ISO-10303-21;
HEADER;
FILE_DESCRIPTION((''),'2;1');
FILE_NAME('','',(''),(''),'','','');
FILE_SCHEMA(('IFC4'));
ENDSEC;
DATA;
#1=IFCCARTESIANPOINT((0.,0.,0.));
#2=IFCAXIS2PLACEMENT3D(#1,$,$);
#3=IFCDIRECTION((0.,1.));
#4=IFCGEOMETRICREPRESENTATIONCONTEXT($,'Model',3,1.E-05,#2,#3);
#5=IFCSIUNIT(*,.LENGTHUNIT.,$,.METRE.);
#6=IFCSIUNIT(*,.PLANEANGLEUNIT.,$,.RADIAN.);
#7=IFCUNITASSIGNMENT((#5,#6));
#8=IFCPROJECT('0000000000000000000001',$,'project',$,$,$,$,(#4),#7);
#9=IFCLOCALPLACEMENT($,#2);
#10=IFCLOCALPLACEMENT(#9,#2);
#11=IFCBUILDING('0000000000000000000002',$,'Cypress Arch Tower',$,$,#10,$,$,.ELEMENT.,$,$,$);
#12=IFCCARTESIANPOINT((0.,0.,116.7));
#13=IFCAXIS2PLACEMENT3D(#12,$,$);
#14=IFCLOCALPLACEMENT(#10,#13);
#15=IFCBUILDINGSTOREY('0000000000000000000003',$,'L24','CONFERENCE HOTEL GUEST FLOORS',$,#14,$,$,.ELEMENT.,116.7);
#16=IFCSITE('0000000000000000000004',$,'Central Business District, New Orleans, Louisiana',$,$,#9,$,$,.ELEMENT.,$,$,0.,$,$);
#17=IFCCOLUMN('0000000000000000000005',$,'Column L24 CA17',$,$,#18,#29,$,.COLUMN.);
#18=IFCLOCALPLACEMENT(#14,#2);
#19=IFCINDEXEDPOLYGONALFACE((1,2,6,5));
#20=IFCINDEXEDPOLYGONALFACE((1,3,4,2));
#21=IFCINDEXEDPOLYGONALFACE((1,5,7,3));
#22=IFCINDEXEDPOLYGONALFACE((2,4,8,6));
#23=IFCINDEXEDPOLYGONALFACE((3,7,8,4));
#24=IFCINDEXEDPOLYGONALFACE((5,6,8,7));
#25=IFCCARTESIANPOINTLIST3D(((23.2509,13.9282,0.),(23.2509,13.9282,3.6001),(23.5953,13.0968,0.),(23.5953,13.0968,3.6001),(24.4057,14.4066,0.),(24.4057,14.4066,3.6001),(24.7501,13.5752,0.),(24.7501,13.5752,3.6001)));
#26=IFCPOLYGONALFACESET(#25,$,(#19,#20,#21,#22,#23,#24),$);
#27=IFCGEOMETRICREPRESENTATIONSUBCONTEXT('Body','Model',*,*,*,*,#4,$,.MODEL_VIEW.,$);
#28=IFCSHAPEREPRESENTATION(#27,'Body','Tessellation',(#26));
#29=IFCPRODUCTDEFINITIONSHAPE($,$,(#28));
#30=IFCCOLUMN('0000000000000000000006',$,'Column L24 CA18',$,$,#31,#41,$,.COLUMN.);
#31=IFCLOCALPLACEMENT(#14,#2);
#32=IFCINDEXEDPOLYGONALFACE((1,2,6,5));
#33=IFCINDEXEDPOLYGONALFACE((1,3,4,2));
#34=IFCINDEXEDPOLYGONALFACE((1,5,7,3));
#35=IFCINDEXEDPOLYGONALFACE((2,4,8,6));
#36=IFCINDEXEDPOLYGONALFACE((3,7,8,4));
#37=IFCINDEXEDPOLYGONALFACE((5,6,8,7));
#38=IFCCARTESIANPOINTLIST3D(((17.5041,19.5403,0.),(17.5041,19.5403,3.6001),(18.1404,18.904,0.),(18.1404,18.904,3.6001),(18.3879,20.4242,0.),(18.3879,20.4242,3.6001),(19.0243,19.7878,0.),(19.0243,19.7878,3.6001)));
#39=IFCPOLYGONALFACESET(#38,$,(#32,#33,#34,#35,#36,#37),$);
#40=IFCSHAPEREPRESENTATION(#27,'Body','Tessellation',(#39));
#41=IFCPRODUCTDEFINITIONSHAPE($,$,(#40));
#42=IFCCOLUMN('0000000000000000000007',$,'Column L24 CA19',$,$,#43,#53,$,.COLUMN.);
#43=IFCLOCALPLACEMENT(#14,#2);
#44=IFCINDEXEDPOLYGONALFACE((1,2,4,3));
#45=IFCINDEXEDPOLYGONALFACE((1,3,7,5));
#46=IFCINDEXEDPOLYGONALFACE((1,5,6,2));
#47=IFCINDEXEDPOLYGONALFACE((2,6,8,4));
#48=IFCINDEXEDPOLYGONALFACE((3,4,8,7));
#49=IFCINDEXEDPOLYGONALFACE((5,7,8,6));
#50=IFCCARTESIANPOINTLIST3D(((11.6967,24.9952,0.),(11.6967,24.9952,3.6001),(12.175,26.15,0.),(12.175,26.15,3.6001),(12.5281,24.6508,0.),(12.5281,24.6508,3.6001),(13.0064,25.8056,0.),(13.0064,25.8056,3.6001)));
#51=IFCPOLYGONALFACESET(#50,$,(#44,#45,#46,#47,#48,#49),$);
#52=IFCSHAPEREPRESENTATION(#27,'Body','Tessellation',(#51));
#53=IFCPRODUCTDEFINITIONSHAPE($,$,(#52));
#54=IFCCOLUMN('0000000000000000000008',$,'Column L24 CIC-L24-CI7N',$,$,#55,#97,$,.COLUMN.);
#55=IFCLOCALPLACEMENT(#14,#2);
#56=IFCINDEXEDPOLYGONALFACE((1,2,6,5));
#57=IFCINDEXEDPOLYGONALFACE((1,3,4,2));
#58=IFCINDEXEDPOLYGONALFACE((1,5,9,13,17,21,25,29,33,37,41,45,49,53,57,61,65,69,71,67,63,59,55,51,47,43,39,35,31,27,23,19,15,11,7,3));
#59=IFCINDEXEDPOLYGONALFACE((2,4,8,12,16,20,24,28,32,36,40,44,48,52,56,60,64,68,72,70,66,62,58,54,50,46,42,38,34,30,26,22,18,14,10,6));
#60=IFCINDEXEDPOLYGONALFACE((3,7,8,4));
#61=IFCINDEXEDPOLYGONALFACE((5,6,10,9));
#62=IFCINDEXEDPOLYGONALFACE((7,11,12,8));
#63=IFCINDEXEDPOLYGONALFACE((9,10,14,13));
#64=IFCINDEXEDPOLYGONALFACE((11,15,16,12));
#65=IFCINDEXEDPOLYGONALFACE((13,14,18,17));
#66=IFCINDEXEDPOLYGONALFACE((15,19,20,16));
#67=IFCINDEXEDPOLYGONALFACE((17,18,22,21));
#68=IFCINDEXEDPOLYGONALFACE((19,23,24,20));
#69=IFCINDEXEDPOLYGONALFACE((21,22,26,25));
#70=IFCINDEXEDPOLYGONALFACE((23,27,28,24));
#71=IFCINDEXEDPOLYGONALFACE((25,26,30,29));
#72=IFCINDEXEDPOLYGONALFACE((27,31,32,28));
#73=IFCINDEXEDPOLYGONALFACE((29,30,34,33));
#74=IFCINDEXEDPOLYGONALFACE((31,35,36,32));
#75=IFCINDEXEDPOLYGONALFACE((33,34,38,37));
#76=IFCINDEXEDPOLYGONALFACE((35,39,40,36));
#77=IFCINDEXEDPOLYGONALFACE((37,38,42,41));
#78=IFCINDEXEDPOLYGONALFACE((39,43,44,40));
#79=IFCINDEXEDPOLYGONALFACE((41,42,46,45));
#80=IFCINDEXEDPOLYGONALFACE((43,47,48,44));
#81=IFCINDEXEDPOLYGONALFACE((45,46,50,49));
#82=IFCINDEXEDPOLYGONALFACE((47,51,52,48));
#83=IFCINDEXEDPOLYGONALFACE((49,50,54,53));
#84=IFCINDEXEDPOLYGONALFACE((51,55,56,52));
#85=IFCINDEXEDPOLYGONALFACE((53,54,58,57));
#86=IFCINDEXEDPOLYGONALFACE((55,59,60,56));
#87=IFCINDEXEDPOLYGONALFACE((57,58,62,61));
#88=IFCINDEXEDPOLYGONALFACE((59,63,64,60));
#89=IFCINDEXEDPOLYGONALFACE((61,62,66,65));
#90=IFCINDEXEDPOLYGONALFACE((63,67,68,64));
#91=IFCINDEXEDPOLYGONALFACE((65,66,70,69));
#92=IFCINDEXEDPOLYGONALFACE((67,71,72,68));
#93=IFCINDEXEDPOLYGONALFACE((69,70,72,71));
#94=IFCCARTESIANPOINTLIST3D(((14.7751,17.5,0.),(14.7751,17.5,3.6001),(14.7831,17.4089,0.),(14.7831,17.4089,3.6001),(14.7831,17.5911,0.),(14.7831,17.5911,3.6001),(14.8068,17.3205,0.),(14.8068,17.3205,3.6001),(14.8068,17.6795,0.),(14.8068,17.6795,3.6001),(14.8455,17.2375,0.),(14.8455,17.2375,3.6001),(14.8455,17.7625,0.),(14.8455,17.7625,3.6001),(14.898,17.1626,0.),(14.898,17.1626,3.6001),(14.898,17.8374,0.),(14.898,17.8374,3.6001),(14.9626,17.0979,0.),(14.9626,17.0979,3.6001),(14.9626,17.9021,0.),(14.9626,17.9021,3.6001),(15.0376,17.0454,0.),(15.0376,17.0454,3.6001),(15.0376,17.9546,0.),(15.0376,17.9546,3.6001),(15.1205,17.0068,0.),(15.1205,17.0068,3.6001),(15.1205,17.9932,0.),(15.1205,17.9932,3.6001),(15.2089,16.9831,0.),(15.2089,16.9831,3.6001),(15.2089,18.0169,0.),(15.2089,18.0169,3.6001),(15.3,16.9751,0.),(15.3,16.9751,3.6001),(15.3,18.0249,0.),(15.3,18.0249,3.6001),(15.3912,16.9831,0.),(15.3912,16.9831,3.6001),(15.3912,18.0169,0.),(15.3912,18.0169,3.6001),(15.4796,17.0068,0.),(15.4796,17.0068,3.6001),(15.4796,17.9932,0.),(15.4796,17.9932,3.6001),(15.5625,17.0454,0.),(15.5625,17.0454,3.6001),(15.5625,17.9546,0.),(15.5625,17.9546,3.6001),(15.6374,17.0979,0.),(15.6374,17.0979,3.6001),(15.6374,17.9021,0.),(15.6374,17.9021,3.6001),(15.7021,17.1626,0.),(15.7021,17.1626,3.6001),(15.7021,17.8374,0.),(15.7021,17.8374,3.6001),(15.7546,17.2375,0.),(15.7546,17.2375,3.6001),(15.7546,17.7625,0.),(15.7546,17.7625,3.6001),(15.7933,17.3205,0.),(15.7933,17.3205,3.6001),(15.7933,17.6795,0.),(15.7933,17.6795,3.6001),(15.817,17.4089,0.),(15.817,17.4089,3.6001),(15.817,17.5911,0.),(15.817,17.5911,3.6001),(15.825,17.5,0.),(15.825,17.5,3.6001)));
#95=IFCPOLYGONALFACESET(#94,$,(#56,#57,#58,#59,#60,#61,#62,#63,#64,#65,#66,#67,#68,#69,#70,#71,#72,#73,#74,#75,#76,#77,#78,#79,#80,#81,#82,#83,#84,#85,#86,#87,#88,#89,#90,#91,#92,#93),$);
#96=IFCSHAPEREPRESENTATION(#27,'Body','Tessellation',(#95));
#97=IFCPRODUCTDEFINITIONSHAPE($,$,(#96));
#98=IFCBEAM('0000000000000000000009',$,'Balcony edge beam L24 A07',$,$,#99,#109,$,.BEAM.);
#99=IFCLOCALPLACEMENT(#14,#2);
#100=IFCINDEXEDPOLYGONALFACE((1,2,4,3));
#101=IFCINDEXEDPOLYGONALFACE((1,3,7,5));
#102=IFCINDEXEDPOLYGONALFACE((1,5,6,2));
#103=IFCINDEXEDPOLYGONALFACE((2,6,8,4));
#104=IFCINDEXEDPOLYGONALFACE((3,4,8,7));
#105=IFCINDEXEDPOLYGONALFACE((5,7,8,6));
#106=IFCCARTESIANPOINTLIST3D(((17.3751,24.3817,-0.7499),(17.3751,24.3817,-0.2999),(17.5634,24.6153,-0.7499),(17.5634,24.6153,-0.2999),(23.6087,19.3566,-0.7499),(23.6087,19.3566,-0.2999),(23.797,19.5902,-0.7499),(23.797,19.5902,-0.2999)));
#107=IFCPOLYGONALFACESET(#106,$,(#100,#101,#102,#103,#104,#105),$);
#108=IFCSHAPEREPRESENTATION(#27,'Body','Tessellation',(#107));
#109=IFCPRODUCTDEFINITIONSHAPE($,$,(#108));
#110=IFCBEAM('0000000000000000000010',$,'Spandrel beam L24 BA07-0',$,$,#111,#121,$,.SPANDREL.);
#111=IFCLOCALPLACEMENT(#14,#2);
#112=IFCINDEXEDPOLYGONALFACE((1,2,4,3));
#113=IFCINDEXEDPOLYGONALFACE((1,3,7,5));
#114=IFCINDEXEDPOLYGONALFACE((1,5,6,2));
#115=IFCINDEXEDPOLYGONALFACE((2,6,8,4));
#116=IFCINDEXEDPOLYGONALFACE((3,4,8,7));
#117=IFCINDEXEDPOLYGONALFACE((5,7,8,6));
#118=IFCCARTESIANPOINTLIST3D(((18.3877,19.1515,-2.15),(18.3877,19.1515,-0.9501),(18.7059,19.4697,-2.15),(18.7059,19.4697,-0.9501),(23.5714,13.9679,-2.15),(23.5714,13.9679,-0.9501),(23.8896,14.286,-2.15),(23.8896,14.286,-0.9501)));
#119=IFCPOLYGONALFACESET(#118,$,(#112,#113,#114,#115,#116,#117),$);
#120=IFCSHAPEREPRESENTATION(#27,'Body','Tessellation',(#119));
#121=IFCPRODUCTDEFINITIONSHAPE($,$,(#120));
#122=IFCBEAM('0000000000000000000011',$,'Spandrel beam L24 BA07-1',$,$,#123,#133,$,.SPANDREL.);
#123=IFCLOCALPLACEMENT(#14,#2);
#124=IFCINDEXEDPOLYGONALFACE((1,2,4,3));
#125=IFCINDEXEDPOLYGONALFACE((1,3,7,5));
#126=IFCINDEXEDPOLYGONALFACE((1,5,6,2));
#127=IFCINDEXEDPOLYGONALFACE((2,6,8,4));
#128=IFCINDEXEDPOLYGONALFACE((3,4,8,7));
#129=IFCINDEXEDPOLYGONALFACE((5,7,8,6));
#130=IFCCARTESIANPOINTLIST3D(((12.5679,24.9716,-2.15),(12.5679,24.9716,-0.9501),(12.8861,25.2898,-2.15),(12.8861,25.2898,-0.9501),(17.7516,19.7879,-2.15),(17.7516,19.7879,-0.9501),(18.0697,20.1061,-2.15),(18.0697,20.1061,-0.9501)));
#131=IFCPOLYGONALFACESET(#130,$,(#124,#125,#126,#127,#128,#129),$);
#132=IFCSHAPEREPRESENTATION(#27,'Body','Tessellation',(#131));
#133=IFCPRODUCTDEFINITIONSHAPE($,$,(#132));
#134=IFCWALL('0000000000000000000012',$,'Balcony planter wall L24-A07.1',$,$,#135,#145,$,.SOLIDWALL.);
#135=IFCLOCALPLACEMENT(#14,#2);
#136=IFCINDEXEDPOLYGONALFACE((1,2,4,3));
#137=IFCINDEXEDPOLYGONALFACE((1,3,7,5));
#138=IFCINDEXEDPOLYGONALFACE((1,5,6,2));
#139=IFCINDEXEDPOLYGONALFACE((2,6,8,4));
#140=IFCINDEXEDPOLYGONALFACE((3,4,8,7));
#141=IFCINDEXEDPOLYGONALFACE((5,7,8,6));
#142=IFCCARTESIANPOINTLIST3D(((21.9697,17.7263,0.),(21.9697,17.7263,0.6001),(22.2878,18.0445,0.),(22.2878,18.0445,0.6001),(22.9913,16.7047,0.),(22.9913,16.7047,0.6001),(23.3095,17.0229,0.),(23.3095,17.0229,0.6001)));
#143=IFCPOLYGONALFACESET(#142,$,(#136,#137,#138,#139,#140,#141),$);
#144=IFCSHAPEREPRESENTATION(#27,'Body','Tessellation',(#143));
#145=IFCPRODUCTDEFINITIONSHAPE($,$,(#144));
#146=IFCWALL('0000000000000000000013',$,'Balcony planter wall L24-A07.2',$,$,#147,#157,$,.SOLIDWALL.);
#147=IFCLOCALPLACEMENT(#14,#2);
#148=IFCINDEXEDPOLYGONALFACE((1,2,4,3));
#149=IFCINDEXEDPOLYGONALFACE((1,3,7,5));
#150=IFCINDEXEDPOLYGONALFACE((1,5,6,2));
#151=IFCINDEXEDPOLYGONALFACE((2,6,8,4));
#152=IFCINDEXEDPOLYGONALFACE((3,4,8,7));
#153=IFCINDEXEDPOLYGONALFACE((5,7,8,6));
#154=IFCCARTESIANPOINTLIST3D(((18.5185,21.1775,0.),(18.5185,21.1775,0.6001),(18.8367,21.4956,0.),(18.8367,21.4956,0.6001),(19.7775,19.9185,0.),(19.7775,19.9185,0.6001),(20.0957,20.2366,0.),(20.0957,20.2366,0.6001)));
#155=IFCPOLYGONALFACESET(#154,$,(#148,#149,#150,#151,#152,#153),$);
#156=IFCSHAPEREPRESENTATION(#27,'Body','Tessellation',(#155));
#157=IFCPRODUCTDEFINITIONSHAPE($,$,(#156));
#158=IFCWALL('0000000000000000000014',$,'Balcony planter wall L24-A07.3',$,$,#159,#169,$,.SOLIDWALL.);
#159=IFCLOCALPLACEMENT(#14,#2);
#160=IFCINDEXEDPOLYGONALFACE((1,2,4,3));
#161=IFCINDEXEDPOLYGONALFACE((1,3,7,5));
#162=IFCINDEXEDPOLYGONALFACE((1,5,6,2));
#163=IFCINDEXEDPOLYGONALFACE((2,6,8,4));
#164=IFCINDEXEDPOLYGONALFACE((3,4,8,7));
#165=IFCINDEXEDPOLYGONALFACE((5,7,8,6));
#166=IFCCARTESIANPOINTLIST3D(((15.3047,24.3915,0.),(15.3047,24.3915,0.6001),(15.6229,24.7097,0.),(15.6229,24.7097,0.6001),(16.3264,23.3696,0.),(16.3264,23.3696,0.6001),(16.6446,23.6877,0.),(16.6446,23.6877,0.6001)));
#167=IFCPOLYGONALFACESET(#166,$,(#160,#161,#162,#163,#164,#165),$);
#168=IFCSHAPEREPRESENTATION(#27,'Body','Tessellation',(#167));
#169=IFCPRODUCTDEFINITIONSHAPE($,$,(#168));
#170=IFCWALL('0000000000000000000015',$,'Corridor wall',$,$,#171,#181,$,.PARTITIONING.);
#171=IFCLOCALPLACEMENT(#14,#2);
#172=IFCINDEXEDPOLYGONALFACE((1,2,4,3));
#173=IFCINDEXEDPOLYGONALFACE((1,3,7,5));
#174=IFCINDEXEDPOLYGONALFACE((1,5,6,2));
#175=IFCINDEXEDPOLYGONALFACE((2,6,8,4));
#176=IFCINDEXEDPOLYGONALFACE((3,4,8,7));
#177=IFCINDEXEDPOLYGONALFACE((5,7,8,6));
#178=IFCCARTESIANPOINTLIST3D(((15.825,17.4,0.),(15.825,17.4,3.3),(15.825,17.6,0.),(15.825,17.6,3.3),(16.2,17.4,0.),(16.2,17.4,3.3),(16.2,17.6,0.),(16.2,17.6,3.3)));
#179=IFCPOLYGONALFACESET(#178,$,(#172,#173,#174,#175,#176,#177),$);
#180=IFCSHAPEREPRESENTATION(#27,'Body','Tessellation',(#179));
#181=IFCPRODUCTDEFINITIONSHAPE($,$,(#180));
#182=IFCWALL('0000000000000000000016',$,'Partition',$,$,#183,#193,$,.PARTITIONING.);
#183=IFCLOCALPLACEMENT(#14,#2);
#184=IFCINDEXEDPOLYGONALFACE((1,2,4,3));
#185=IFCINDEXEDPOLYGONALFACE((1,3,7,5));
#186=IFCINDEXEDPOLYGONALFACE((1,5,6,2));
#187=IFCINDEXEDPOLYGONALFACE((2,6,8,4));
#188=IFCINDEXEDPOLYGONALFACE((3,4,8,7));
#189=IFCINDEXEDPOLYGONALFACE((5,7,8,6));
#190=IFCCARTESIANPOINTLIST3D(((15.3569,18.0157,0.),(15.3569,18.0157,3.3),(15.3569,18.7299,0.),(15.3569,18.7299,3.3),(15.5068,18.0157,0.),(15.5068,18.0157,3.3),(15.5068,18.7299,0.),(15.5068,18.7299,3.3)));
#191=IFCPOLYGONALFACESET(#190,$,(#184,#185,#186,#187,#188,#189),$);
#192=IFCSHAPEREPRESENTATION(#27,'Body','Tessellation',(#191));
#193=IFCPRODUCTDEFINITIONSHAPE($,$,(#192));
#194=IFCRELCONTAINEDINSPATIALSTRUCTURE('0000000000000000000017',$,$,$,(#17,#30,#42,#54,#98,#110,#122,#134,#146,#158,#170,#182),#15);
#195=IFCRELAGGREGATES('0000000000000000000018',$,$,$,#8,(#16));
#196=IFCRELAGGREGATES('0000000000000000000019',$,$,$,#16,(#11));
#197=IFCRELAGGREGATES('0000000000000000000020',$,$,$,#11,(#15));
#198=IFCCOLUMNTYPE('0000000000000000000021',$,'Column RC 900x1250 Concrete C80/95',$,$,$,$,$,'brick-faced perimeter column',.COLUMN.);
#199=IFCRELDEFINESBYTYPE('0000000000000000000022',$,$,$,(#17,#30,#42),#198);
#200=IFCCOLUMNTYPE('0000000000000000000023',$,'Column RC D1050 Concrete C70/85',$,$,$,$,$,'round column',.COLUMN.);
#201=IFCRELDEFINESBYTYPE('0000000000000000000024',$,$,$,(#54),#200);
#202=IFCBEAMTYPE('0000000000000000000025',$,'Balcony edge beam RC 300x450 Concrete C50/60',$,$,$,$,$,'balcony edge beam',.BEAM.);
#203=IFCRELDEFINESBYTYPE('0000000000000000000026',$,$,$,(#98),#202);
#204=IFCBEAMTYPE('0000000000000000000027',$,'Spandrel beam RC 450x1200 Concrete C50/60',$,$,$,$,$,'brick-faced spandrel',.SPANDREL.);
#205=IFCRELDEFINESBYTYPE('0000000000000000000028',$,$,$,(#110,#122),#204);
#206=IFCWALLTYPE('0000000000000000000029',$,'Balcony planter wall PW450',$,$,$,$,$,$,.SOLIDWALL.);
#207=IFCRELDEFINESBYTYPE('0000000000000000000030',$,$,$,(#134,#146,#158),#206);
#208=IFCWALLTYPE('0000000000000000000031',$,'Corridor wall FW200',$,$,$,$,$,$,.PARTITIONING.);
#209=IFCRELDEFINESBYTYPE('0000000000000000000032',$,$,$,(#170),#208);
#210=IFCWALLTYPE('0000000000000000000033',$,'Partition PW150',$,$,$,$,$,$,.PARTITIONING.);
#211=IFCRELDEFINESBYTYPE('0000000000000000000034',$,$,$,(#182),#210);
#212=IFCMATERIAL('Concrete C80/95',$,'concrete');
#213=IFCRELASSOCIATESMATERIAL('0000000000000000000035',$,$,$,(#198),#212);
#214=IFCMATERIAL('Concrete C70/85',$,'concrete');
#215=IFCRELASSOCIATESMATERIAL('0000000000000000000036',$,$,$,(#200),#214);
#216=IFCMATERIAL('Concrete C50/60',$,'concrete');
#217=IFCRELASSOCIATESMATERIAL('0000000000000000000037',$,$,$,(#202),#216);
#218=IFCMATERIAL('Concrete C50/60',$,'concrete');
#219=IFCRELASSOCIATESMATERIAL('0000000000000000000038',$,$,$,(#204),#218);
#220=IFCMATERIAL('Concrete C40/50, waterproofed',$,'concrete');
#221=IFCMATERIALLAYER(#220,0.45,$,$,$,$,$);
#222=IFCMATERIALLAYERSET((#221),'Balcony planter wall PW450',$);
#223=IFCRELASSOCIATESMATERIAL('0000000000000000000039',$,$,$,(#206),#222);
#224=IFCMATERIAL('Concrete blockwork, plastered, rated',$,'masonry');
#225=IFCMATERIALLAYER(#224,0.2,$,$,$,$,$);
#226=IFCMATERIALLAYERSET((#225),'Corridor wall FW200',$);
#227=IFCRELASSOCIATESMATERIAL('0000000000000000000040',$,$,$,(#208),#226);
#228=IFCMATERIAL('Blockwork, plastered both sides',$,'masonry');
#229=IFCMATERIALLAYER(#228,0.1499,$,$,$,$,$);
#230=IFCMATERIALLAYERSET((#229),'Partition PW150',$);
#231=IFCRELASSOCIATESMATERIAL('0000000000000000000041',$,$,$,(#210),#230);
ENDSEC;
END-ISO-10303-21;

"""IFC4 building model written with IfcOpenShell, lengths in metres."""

from ifc_helpers import new_model, si_unit, direction, frame, frame_2d, origin, origin_2d, place, context, subcontext, project, spatial, rectangle, circle, extrude, material, layer, layer_set, material_profile, profile_set, type_object, element, save


model = new_model("IFC4")

# Units and contexts
model_context = context("Model", 3, precision=1e-05, world=origin(), true_north=direction((0.0, 1.0)))
body_context = subcontext(model_context, "Body", "Model", "MODEL_VIEW")
ifc_project = project(units=[si_unit("LENGTHUNIT", "METRE"), si_unit("PLANEANGLEUNIT", "RADIAN")], contexts=[model_context])

# Site, building, storey
site_placement = place(None, origin())
site = spatial("IfcSite", under=ifc_project, at=site_placement, Name="Central Business District, New Orleans, Louisiana", CompositionType="ELEMENT", RefElevation=0.0)
building_placement = place(site_placement, origin())
building = spatial("IfcBuilding", under=site, at=building_placement, Name="Cypress Arch Tower", CompositionType="ELEMENT")
storey_placement = place(building_placement, frame((0.0, 0.0, 116.7)))
storey = spatial("IfcBuildingStorey", under=building, at=storey_placement, Name="L24", Description="CONFERENCE HOTEL GUEST FLOORS", CompositionType="ELEMENT", Elevation=116.7)

# Columns
ifc_material_1 = material(Name="Concrete C80/95", Category="concrete")
ifc_material_profile_1 = material_profile(ifc_material_1, rectangle(XDim=0.8999, YDim=1.25, at=origin_2d()), Name="RC 900x1250")
ifc_profile_set_1 = profile_set([ifc_material_profile_1], Name="Concrete C80/95")
column_type_1 = type_object("IfcColumnType", Name="Column RC 900x1250 Concrete C80/95", ElementType="brick-faced perimeter column", PredefinedType="COLUMN", material=ifc_profile_set_1)
for number, where, z_axis, x_axis, name in (
    (1, (24.0005, 13.7517, 0.0), (0.0, 0.0, 1.0), (-0.382683, 0.92388, 0.0), "Column L24 CA17"),
    (2, (18.2642, 19.6641, 0.0), (0.0, 0.0, 1.0), (-0.707107, 0.707107, 0.0), "Column L24 CA18"),
    (3, (12.3516, 25.4004, 0.0), (0.0, 0.0, 1.0), (-0.92388, 0.382683, 0.0), "Column L24 CA19"),
):
    element("IfcColumn", number, at=place(storey_placement, frame(where, z_axis=z_axis, x_axis=x_axis)), inside=storey, type_object=column_type_1, Name=name, PredefinedType="COLUMN", context=body_context, shape_type="SweptSolid", body=[
        extrude(rectangle(XDim=0.8999, YDim=1.25, at=origin_2d()), origin(), (0.0, 0.0, 1.0), 3.6001),
    ])
ifc_material_2 = material(Name="Concrete C70/85", Category="concrete")
ifc_material_profile_2 = material_profile(ifc_material_2, circle(Radius=0.5249, at=origin_2d()), Name="RC D1050")
ifc_profile_set_2 = profile_set([ifc_material_profile_2], Name="Concrete C70/85")
column_type_2 = type_object("IfcColumnType", Name="Column RC D1050 Concrete C70/85", ElementType="round column", PredefinedType="COLUMN", material=ifc_profile_set_2)
column_placement = place(storey_placement, frame((15.3, 17.5, 0.0), z_axis=(0.0, 0.0, 1.0), x_axis=(1.0, 0.0, 0.0)))
element("IfcColumn", 4, at=column_placement, inside=storey, type_object=column_type_2, Name="Column L24 CIC-L24-CI7N", PredefinedType="COLUMN", context=body_context, shape_type="SweptSolid", body=[
    extrude(circle(Radius=0.5249, at=origin_2d()), origin(), (0.0, 0.0, 1.0), 3.6001),
])

# Beams
ifc_material_3 = material(Name="Concrete C50/60", Category="concrete")
ifc_material_profile_3 = material_profile(ifc_material_3, rectangle(XDim=0.3, YDim=0.45, at=origin_2d()), Name="RC 300x450")
ifc_profile_set_3 = profile_set([ifc_material_profile_3], Name="Concrete C50/60")
beam_type_1 = type_object("IfcBeamType", Name="Balcony edge beam RC 300x450 Concrete C50/60", ElementType="balcony edge beam", PredefinedType="BEAM", material=ifc_profile_set_3)
beam_placement = place(storey_placement, frame((23.7029, 19.4734, -0.5249), z_axis=(-0.778534, 0.627602, 0.0), x_axis=(-0.627602, -0.778534, 0.0)))
element("IfcBeam", 5, at=beam_placement, inside=storey, type_object=beam_type_1, Name="Balcony edge beam L24 A07", PredefinedType="BEAM", context=body_context, shape_type="SweptSolid", body=[
    extrude(rectangle(XDim=0.3, YDim=0.45, at=origin_2d()), origin(), (0.0, 0.0, 1.0), 8.0068),
])
ifc_material_4 = material(Name="Concrete C50/60", Category="concrete")
ifc_material_profile_4 = material_profile(ifc_material_4, rectangle(XDim=0.45, YDim=1.2, at=origin_2d()), Name="RC 450x1200")
ifc_profile_set_4 = profile_set([ifc_material_profile_4], Name="Concrete C50/60")
beam_type_2 = type_object("IfcBeamType", Name="Spandrel beam RC 450x1200 Concrete C50/60", ElementType="brick-faced spandrel", PredefinedType="SPANDREL", material=ifc_profile_set_4)
for number, where, z_axis, x_axis, name in (
    (6, (23.7305, 14.127, -1.55), (-0.707107, 0.707107, 0.0), (-0.707107, -0.707107, 0.0), "Spandrel beam L24 BA07-0"),
    (7, (17.9106, 19.947, -1.55), (-0.707107, 0.707107, 0.0), (-0.707107, -0.707107, 0.0), "Spandrel beam L24 BA07-1"),
):
    element("IfcBeam", number, at=place(storey_placement, frame(where, z_axis=z_axis, x_axis=x_axis)), inside=storey, type_object=beam_type_2, Name=name, PredefinedType="SPANDREL", context=body_context, shape_type="SweptSolid", body=[
        extrude(rectangle(XDim=0.45, YDim=1.2, at=origin_2d()), origin(), (0.0, 0.0, 1.0), 7.3308),
    ])

# Walls
ifc_material_5 = material(Name="Concrete C40/50, waterproofed", Category="concrete")
ifc_layer_1 = layer(ifc_material_5, 0.45)
ifc_layer_set_1 = layer_set([ifc_layer_1], Name="Balcony planter wall PW450")
wall_type_1 = type_object("IfcWallType", Name="Balcony planter wall PW450", PredefinedType="SOLIDWALL", material=ifc_layer_set_1)
wall_1_placement = place(storey_placement, frame((23.1504, 16.8638, 0.0), z_axis=(0.0, 0.0, 1.0), x_axis=(-0.707107, 0.707107, 0.0)))
element("IfcWall", 8, at=wall_1_placement, inside=storey, type_object=wall_type_1, Name="Balcony planter wall L24-A07.1", PredefinedType="SOLIDWALL", context=body_context, shape_type="SweptSolid", body=[
    extrude(rectangle(XDim=1.4448, YDim=0.45, at=frame_2d((0.7224, 0.0))), origin(), (0.0, 0.0, 1.0), 0.6001),
])
wall_2_placement = place(storey_placement, frame((19.9365, 20.0776, 0.0), z_axis=(0.0, 0.0, 1.0), x_axis=(-0.707107, 0.707107, 0.0)))
element("IfcWall", 9, at=wall_2_placement, inside=storey, type_object=wall_type_1, Name="Balcony planter wall L24-A07.2", PredefinedType="SOLIDWALL", context=body_context, shape_type="SweptSolid", body=[
    extrude(rectangle(XDim=1.7805, YDim=0.45, at=frame_2d((0.8901, 0.0))), origin(), (0.0, 0.0, 1.0), 0.6001),
])
wall_3_placement = place(storey_placement, frame((16.4856, 23.5286, 0.0), z_axis=(0.0, 0.0, 1.0), x_axis=(-0.707022, 0.707191, 0.0)))
element("IfcWall", 10, at=wall_3_placement, inside=storey, type_object=wall_type_1, Name="Balcony planter wall L24-A07.3", PredefinedType="SOLIDWALL", context=body_context, shape_type="SweptSolid", body=[
    extrude(rectangle(XDim=1.4451, YDim=0.45, at=frame_2d((0.7227, 0.0))), origin(), (0.0, 0.0, 1.0), 0.6001),
])

# Walls
ifc_material_6 = material(Name="Concrete blockwork, plastered, rated", Category="masonry")
ifc_layer_2 = layer(ifc_material_6, 0.2)
ifc_layer_set_2 = layer_set([ifc_layer_2], Name="Corridor wall FW200")
wall_type_2 = type_object("IfcWallType", Name="Corridor wall FW200", PredefinedType="PARTITIONING", material=ifc_layer_set_2)
wall_4_placement = place(storey_placement, frame((15.825, 17.5, 0.0), z_axis=(0.0, 0.0, 1.0), x_axis=(1.0, 0.0, 0.0)))
element("IfcWall", 11, at=wall_4_placement, inside=storey, type_object=wall_type_2, Name="Corridor wall", PredefinedType="PARTITIONING", context=body_context, shape_type="SweptSolid", body=[
    extrude(rectangle(XDim=0.375, YDim=0.2, at=frame_2d((0.1875, 0.0))), origin(), (0.0, 0.0, 1.0), 3.3),
])
ifc_material_7 = material(Name="Blockwork, plastered both sides", Category="masonry")
ifc_layer_3 = layer(ifc_material_7, 0.1499)
ifc_layer_set_3 = layer_set([ifc_layer_3], Name="Partition PW150")
wall_type_3 = type_object("IfcWallType", Name="Partition PW150", PredefinedType="PARTITIONING", material=ifc_layer_set_3)
wall_5_placement = place(storey_placement, frame((15.4319, 18.0159, 0.0), z_axis=(0.0, 0.0, 1.0), x_axis=(0.0, 1.0, 0.0)))
element("IfcWall", 12, at=wall_5_placement, inside=storey, type_object=wall_type_3, Name="Partition", PredefinedType="PARTITIONING", context=body_context, shape_type="SweptSolid", body=[
    extrude(rectangle(XDim=0.7141, YDim=0.1499, at=frame_2d((0.3569, 0.0))), origin(), (0.0, 0.0, 1.0), 3.3),
])

save(model, "model.ifc")
